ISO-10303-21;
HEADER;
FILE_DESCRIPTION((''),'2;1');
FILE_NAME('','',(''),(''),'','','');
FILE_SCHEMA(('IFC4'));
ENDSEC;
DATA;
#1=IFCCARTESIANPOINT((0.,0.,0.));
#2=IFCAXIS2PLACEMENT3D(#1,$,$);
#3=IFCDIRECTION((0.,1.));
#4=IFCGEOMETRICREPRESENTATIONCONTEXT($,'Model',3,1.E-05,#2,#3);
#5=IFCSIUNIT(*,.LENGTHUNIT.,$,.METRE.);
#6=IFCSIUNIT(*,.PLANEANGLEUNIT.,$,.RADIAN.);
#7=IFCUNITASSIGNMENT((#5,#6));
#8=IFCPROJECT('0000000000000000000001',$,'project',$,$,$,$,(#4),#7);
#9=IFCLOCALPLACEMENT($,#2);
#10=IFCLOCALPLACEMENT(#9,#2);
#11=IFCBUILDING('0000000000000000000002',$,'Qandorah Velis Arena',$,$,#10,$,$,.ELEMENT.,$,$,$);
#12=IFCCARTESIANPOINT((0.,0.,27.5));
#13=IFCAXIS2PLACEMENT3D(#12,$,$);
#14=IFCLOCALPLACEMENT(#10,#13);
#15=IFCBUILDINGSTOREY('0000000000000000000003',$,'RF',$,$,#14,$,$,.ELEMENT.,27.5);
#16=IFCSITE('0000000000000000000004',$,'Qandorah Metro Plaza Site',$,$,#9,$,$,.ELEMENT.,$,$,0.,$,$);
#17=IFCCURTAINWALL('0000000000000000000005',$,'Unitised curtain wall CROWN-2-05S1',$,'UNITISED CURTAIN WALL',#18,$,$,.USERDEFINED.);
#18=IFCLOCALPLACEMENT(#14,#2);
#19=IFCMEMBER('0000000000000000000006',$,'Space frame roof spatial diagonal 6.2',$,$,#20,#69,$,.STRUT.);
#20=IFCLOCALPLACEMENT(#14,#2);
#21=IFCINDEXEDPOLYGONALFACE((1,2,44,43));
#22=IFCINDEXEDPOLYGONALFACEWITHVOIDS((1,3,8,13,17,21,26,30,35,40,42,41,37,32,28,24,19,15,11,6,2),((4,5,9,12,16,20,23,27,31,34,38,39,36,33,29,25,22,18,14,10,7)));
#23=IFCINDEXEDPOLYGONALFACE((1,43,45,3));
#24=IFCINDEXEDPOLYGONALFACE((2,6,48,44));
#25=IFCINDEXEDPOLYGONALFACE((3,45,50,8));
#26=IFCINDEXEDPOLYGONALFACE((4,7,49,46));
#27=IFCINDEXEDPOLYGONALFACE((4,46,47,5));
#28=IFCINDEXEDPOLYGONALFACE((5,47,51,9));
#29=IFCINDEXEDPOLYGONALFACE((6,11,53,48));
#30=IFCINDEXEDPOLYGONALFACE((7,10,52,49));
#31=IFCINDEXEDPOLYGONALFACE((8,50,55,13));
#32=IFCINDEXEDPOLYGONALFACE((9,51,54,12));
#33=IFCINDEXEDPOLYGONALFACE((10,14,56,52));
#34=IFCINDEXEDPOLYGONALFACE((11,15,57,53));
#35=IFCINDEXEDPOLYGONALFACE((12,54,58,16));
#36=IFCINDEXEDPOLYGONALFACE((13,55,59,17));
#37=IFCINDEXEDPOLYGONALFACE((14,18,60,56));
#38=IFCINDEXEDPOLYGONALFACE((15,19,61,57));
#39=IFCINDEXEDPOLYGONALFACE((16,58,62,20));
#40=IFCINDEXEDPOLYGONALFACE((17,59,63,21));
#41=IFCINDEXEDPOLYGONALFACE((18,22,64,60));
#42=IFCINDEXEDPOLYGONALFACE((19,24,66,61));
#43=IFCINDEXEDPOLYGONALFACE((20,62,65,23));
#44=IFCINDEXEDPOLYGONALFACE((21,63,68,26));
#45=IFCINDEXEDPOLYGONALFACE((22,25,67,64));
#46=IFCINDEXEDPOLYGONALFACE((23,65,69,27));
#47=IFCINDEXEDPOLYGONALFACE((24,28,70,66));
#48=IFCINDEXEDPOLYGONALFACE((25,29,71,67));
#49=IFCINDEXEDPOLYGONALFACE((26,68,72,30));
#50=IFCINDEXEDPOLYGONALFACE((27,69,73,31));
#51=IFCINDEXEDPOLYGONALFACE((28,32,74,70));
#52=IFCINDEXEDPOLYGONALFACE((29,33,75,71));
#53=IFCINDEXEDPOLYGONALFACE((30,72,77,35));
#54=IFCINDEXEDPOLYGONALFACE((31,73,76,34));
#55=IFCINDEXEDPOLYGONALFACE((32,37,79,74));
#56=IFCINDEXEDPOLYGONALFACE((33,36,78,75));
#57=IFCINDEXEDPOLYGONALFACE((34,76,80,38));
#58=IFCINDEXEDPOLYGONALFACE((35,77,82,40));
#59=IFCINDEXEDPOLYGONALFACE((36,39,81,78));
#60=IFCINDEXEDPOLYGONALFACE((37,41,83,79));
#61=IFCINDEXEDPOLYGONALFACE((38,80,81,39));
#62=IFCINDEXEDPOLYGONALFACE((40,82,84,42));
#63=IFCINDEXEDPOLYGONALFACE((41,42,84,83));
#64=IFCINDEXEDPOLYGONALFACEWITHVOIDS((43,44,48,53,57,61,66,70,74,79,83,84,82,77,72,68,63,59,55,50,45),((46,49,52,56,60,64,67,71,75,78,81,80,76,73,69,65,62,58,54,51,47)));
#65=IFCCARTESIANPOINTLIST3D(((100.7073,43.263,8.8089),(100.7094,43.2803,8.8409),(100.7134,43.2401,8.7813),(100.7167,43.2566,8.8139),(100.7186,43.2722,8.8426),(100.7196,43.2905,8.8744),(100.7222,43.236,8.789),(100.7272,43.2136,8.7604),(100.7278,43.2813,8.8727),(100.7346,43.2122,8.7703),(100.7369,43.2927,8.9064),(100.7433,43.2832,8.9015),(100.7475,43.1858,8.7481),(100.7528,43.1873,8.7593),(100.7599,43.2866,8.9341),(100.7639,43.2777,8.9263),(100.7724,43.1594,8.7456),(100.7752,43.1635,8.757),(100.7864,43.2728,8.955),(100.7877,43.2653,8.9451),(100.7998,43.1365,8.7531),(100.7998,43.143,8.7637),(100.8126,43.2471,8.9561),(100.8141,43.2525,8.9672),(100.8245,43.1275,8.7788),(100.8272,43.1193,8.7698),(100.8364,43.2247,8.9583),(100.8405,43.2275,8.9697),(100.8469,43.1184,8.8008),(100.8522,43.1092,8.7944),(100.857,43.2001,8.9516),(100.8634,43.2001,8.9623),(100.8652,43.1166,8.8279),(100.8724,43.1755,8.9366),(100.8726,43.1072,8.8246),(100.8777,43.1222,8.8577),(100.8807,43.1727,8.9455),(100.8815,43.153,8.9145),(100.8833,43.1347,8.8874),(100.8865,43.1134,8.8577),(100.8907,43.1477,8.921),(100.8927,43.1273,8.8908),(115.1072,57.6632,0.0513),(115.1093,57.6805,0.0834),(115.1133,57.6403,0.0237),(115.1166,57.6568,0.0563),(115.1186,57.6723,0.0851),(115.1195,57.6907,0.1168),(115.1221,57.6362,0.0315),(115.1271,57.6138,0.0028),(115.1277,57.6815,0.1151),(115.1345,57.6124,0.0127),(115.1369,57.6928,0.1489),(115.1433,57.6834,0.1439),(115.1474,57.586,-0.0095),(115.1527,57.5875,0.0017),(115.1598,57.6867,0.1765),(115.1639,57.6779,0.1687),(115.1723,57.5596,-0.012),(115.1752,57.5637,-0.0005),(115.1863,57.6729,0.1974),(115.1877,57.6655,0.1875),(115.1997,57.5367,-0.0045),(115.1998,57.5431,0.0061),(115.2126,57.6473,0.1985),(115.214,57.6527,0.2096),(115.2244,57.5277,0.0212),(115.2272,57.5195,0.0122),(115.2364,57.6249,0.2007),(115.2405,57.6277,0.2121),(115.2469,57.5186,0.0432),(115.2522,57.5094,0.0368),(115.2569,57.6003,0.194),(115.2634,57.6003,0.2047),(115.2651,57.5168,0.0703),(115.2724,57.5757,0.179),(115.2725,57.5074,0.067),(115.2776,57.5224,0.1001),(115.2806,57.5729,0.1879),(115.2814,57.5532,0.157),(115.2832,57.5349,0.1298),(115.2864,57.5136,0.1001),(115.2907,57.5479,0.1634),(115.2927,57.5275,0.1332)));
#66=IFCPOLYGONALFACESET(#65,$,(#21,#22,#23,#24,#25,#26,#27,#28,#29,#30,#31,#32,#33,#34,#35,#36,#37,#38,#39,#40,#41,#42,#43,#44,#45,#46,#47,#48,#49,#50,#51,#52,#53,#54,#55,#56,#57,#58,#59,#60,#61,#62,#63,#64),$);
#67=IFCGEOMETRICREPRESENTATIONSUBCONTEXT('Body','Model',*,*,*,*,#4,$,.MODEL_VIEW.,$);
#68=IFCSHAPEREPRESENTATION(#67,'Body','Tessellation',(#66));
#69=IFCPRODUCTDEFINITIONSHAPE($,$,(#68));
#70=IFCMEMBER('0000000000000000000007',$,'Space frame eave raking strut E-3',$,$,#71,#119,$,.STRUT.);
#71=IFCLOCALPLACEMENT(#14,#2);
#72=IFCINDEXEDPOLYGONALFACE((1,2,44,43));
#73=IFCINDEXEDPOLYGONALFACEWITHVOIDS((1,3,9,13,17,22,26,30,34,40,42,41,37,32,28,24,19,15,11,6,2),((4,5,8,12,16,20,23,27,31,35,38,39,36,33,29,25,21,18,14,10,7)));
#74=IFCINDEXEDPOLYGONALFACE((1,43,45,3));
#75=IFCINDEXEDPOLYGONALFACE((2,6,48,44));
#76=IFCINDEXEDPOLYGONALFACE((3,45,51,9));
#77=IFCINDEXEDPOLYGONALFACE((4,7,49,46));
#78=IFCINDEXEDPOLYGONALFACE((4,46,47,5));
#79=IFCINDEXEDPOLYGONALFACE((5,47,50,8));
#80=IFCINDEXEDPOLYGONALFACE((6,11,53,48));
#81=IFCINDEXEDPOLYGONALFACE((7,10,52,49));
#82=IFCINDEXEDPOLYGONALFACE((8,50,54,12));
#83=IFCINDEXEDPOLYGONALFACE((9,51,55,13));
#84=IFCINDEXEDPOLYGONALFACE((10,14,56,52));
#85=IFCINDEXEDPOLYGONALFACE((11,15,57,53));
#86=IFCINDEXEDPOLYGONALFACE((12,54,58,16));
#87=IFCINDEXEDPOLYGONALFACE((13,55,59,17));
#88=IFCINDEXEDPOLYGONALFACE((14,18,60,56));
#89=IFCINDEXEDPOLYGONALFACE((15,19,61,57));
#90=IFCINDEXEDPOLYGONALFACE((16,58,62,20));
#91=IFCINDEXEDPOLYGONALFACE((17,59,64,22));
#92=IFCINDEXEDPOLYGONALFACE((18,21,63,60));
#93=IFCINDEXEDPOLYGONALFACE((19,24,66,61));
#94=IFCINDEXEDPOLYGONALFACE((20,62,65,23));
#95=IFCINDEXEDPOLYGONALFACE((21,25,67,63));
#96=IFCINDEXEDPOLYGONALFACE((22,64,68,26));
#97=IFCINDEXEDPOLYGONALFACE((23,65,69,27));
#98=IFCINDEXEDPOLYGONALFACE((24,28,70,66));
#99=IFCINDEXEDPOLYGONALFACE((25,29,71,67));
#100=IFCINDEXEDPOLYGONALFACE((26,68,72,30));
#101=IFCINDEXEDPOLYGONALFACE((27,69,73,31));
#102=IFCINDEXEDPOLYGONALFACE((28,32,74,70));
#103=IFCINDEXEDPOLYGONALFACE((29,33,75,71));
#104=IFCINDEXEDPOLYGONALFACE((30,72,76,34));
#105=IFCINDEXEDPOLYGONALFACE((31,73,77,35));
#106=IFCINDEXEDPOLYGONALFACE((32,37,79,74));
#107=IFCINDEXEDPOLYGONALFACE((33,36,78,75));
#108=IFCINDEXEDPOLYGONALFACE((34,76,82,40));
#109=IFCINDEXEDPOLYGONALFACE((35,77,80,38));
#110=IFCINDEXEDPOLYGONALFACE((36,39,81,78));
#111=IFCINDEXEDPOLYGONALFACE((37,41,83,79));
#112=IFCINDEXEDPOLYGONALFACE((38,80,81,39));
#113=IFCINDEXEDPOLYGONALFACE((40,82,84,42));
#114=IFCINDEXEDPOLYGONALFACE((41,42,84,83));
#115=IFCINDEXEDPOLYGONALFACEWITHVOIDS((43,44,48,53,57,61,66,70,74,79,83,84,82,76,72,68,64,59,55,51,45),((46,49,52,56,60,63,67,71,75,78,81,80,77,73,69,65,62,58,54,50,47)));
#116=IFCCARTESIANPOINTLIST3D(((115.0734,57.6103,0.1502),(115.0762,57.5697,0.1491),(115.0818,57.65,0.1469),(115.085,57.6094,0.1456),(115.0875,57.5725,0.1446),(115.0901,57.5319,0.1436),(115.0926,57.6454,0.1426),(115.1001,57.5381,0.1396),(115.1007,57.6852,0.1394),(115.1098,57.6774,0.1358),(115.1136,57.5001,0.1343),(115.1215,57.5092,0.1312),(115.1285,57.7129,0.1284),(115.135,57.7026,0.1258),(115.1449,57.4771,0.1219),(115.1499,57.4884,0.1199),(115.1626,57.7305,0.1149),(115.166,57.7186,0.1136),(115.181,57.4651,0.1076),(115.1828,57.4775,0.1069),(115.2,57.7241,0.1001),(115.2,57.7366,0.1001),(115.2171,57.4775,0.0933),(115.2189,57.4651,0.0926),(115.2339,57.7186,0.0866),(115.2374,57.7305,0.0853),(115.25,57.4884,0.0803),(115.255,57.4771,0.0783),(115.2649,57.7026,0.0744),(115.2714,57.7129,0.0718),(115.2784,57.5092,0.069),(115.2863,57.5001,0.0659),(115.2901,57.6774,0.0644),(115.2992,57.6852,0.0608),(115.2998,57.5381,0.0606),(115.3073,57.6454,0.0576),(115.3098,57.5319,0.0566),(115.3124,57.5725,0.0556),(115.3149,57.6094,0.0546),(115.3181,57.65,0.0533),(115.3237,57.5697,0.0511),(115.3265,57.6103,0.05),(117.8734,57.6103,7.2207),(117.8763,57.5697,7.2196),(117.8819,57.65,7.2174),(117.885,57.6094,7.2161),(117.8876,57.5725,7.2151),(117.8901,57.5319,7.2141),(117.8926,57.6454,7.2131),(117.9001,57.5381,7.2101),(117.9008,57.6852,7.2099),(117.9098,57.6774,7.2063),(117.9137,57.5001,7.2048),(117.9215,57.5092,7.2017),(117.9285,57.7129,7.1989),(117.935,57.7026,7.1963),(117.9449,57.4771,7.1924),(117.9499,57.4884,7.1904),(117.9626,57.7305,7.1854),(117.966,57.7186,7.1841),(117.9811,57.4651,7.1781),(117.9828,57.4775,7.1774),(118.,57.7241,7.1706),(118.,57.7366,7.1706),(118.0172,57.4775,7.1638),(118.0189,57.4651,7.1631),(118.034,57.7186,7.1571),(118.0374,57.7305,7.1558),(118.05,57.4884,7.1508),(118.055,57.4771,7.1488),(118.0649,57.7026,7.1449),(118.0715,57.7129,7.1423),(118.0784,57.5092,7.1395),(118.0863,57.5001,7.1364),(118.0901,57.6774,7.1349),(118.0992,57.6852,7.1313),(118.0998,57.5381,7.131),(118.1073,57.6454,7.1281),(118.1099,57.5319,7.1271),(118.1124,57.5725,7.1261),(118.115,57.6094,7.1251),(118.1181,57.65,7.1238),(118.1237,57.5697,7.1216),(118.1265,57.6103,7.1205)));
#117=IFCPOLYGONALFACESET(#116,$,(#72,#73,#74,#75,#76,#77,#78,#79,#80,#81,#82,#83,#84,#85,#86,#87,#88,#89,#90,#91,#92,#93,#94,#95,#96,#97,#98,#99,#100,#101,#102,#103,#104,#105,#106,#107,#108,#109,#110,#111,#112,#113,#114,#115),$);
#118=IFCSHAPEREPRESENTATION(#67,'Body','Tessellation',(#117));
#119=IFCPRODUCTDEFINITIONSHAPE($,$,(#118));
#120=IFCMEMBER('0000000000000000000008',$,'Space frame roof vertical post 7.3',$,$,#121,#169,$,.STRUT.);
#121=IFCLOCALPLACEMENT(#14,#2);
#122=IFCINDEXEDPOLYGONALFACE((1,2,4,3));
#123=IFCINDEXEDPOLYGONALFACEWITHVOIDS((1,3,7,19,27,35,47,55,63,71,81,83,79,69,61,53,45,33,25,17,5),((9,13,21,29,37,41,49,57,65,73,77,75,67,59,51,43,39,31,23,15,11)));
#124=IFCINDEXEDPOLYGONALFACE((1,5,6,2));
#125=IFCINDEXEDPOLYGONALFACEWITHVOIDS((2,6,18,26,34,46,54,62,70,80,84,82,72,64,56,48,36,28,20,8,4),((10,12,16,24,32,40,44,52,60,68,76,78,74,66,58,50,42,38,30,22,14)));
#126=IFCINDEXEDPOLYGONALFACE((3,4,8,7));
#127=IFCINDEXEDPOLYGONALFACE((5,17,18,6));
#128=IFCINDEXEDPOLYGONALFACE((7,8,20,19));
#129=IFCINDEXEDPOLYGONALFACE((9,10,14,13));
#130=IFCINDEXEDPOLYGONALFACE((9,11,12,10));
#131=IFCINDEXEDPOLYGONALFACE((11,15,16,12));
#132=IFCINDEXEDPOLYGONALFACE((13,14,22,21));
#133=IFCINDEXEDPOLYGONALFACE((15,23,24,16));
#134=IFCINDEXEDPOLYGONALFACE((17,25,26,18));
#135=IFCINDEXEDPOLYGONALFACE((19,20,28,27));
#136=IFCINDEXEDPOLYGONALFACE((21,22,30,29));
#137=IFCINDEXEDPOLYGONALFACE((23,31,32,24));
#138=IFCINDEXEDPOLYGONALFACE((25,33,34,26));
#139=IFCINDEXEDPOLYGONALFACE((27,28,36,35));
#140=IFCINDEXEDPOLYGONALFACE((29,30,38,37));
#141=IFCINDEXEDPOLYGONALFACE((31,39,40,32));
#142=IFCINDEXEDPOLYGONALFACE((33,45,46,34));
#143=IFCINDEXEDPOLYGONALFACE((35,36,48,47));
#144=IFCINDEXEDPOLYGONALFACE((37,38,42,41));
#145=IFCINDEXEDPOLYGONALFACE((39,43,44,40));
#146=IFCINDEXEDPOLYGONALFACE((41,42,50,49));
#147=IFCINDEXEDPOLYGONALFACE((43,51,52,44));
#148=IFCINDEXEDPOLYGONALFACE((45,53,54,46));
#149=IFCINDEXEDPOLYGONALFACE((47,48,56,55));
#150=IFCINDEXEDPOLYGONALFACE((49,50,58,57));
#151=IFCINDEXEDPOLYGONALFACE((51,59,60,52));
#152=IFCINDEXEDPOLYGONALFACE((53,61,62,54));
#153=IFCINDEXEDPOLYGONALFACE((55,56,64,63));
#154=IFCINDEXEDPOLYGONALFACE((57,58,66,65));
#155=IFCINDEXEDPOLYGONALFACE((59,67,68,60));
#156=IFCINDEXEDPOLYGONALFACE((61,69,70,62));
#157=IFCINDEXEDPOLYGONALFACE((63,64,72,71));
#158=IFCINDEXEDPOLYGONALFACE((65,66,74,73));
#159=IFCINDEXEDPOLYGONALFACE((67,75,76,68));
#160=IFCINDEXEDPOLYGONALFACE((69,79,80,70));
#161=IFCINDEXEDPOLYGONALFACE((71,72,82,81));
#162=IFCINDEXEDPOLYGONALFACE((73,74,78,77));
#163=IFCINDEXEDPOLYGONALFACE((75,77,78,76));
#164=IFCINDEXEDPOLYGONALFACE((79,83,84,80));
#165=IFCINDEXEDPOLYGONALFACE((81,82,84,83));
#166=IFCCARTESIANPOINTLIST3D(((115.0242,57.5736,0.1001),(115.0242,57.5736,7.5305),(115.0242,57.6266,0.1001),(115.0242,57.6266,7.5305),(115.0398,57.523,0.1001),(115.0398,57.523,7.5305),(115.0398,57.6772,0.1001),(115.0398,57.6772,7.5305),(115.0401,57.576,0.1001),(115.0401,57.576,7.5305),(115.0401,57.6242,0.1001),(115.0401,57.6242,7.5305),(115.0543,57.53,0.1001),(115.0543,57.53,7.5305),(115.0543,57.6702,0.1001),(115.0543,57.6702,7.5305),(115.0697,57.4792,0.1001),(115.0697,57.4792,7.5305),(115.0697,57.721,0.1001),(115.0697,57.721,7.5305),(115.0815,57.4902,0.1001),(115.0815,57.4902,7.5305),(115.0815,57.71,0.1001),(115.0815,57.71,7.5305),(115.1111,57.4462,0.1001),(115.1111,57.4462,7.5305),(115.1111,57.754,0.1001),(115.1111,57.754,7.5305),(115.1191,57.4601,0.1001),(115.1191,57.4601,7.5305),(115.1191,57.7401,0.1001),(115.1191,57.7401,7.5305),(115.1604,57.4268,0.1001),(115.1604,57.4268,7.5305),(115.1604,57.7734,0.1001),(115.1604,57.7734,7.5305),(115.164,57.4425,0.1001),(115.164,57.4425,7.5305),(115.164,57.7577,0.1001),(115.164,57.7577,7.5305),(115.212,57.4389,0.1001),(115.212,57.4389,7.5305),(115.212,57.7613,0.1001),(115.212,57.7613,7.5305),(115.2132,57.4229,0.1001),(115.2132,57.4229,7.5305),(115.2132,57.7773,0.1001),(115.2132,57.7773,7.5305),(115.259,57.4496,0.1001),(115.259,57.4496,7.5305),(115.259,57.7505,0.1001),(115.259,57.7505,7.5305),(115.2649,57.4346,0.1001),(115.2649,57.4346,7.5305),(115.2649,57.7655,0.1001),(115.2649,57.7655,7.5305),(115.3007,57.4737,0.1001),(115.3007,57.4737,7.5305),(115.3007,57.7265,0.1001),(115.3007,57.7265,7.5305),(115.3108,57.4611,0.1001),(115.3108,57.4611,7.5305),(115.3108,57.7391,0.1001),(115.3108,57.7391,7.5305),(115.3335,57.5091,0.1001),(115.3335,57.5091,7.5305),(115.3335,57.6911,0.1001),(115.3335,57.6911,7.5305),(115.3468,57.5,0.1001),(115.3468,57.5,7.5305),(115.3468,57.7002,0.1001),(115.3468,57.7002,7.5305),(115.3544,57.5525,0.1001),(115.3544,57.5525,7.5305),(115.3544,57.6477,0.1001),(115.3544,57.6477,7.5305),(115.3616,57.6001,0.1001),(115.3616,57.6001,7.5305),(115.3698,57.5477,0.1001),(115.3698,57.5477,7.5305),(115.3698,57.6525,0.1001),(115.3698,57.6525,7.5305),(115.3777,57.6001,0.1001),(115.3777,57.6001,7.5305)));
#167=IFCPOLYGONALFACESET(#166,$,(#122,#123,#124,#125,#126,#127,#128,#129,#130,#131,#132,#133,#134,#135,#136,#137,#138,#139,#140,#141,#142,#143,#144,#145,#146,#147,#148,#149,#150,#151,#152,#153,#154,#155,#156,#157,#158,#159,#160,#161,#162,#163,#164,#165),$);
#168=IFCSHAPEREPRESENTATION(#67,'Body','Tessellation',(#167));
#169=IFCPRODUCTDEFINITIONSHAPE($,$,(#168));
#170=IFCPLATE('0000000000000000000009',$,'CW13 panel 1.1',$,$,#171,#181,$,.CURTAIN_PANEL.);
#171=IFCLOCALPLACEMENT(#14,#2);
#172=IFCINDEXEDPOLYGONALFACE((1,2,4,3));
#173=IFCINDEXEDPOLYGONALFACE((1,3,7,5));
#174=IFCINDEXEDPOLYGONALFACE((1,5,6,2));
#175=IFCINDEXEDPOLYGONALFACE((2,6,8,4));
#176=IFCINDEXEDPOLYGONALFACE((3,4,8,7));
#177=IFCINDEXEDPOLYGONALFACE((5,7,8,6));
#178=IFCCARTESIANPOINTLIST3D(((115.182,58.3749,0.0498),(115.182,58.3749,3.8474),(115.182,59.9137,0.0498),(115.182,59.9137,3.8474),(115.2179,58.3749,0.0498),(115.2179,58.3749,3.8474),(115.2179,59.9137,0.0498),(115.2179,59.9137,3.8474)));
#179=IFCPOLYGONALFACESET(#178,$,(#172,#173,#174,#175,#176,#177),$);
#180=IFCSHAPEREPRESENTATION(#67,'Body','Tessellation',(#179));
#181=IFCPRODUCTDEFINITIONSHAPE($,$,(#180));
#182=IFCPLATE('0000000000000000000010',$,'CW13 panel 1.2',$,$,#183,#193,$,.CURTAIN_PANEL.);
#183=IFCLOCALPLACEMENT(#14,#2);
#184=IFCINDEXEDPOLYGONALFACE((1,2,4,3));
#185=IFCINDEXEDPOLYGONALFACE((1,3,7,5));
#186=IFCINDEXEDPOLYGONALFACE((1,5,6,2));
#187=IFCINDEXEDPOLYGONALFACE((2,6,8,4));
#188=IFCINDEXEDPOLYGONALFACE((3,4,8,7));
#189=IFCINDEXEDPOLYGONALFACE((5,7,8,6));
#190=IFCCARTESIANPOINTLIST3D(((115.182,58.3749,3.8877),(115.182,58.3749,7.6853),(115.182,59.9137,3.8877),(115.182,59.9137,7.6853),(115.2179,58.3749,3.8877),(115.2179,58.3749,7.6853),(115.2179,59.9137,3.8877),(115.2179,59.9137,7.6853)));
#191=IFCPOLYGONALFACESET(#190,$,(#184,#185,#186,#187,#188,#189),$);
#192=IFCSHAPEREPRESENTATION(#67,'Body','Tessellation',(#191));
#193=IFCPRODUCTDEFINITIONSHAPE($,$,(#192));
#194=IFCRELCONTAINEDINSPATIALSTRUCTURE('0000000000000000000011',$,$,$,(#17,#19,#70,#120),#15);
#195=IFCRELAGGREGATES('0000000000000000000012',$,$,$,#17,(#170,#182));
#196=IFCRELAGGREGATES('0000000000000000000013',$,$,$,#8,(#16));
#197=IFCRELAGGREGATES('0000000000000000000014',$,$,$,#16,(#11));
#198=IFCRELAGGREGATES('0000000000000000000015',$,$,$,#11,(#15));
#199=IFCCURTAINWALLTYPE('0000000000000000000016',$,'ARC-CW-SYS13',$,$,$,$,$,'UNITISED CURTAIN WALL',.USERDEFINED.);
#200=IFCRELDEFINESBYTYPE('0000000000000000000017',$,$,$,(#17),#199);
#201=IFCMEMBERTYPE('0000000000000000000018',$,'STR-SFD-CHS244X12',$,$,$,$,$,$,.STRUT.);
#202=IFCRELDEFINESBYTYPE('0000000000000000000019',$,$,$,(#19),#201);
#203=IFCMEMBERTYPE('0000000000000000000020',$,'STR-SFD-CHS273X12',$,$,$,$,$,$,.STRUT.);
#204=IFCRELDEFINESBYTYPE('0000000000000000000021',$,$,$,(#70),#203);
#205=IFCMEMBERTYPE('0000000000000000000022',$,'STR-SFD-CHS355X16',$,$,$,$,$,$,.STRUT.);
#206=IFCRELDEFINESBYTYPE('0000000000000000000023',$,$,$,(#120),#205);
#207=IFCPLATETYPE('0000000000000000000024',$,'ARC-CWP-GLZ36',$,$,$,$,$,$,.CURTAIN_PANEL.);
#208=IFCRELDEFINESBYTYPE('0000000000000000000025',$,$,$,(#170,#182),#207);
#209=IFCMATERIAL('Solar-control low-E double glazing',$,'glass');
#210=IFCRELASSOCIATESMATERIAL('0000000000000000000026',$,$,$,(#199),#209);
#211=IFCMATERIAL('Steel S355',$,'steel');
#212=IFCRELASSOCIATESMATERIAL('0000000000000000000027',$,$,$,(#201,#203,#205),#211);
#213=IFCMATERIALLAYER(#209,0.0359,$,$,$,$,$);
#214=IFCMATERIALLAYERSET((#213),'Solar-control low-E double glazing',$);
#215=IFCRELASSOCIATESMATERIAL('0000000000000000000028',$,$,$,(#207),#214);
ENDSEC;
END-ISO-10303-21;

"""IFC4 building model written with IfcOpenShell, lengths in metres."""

from ifc_helpers import new_model, si_unit, direction, frame, origin, origin_2d, place, context, subcontext, project, spatial, rectangle, hollow_circle, extrude, material, layer, layer_set, material_profile, profile_set, type_object, element, aggregate, save


model = new_model("IFC4")

# Units and contexts
model_context = context("Model", 3, precision=1e-05, world=origin(), true_north=direction((0.0, 1.0)))
body_context = subcontext(model_context, "Body", "Model", "MODEL_VIEW")
ifc_project = project(units=[si_unit("LENGTHUNIT", "METRE"), si_unit("PLANEANGLEUNIT", "RADIAN")], contexts=[model_context])

# Site, building, storey
site_placement = place(None, origin())
site = spatial("IfcSite", under=ifc_project, at=site_placement, Name="Qandorah Metro Plaza Site", CompositionType="ELEMENT", RefElevation=0.0)
building_placement = place(site_placement, origin())
building = spatial("IfcBuilding", under=site, at=building_placement, Name="Qandorah Velis Arena", CompositionType="ELEMENT")
storey_placement = place(building_placement, frame((0.0, 0.0, 27.5)))
storey = spatial("IfcBuildingStorey", under=building, at=storey_placement, Name="RF", CompositionType="ELEMENT", Elevation=27.5)

# Shared definitions
ifc_material_1 = material(Name="Solar-control low-E double glazing", Category="glass")

# Curtain wall
curtain_wall_type_1 = type_object("IfcCurtainWallType", Name="ARC-CW-SYS13", ElementType="UNITISED CURTAIN WALL", PredefinedType="USERDEFINED", material=ifc_material_1)
curtain_wall_1_placement = place(storey_placement, origin())
curtain_wall_1 = element("IfcCurtainWall", 1, at=curtain_wall_1_placement, inside=storey, type_object=curtain_wall_type_1, Name="Unitised curtain wall CROWN-2-05S1", ObjectType="UNITISED CURTAIN WALL", PredefinedType="USERDEFINED")

# Shared definitions
ifc_material_2 = material(Name="Steel S355", Category="steel")

# Members
ifc_material_profile_1 = material_profile(ifc_material_2, hollow_circle(Radius=0.1223, WallThickness=0.0125, at=origin_2d()), Name="CHS 244.5x12.5")
ifc_profile_set_1 = profile_set([ifc_material_profile_1], Name="Steel S355")
member_type_1 = type_object("IfcMemberType", Name="STR-SFD-CHS244X12", PredefinedType="STRUT", material=ifc_profile_set_1)
member_1_placement = place(storey_placement, frame((115.2, 57.6001, 0.1001), z_axis=(-0.649583, -0.649594, 0.395056), x_axis=(0.707113, -0.707101, 0.0)))
element("IfcMember", 2, at=member_1_placement, inside=storey, type_object=member_type_1, Name="Space frame roof spatial diagonal 6.2", PredefinedType="STRUT", context=body_context, shape_type="SweptSolid", body=[
    extrude(hollow_circle(Radius=0.1223, WallThickness=0.0125, at=origin_2d()), origin(), (0.0, 0.0, 1.0), 22.168),
])
ifc_material_profile_2 = material_profile(ifc_material_2, hollow_circle(Radius=0.1365, WallThickness=0.0125, at=origin_2d()), Name="CHS 273x12.5")
ifc_profile_set_2 = profile_set([ifc_material_profile_2], Name="Steel S355")
member_type_2 = type_object("IfcMemberType", Name="STR-SFD-CHS273X12", PredefinedType="STRUT", material=ifc_profile_set_2)
member_2_placement = place(storey_placement, frame((115.2, 57.6001, 0.1001), z_axis=(0.368195, 0.0, 0.929749), x_axis=(0.0, 1.0, 0.0)))
element("IfcMember", 3, at=member_2_placement, inside=storey, type_object=member_type_2, Name="Space frame eave raking strut E-3", PredefinedType="STRUT", context=body_context, shape_type="SweptSolid", body=[
    extrude(hollow_circle(Radius=0.1365, WallThickness=0.0125, at=origin_2d()), origin(), (0.0, 0.0, 1.0), 7.6047),
])
ifc_material_profile_3 = material_profile(ifc_material_2, hollow_circle(Radius=0.1777, WallThickness=0.0161, at=origin_2d()), Name="CHS 355.6x16")
ifc_profile_set_3 = profile_set([ifc_material_profile_3], Name="Steel S355")
member_type_3 = type_object("IfcMemberType", Name="STR-SFD-CHS355X16", PredefinedType="STRUT", material=ifc_profile_set_3)
member_3_placement = place(storey_placement, frame((115.2, 57.6001, 0.1001), z_axis=(0.0, 0.0, 1.0), x_axis=(1.0, 0.0, 0.0)))
element("IfcMember", 4, at=member_3_placement, inside=storey, type_object=member_type_3, Name="Space frame roof vertical post 7.3", PredefinedType="STRUT", context=body_context, shape_type="SweptSolid", body=[
    extrude(hollow_circle(Radius=0.1777, WallThickness=0.0161, at=origin_2d()), origin(), (0.0, 0.0, 1.0), 7.4304),
])

# Plates
ifc_layer_1 = layer(ifc_material_1, 0.0359)
ifc_layer_set_1 = layer_set([ifc_layer_1], Name="Solar-control low-E double glazing")
plate_type_1 = type_object("IfcPlateType", Name="ARC-CWP-GLZ36", PredefinedType="CURTAIN_PANEL", material=ifc_layer_set_1)
plate_1_placement = place(storey_placement, frame((115.2, 59.1443, 0.0498), z_axis=(0.0, 0.0, 1.0), x_axis=(0.0, 1.0, 0.0)))
plate_1 = element("IfcPlate", 5, at=plate_1_placement, type_object=plate_type_1, Name="CW13 panel 1.1", PredefinedType="CURTAIN_PANEL", context=body_context, shape_type="SweptSolid", body=[
    extrude(rectangle(XDim=1.5388, YDim=0.0359, at=origin_2d()), origin(), (0.0, 0.0, 1.0), 3.7976),
])
plate_2_placement = place(storey_placement, frame((115.2, 59.1443, 3.8877), z_axis=(0.0, 0.0, 1.0), x_axis=(0.0, 1.0, 0.0)))
plate_2 = element("IfcPlate", 6, at=plate_2_placement, type_object=plate_type_1, Name="CW13 panel 1.2", PredefinedType="CURTAIN_PANEL", context=body_context, shape_type="SweptSolid", body=[
    extrude(rectangle(XDim=1.5388, YDim=0.0359, at=origin_2d()), origin(), (0.0, 0.0, 1.0), 3.7976),
])
aggregate(curtain_wall_1, [plate_1, plate_2])

save(model, "model.ifc")
